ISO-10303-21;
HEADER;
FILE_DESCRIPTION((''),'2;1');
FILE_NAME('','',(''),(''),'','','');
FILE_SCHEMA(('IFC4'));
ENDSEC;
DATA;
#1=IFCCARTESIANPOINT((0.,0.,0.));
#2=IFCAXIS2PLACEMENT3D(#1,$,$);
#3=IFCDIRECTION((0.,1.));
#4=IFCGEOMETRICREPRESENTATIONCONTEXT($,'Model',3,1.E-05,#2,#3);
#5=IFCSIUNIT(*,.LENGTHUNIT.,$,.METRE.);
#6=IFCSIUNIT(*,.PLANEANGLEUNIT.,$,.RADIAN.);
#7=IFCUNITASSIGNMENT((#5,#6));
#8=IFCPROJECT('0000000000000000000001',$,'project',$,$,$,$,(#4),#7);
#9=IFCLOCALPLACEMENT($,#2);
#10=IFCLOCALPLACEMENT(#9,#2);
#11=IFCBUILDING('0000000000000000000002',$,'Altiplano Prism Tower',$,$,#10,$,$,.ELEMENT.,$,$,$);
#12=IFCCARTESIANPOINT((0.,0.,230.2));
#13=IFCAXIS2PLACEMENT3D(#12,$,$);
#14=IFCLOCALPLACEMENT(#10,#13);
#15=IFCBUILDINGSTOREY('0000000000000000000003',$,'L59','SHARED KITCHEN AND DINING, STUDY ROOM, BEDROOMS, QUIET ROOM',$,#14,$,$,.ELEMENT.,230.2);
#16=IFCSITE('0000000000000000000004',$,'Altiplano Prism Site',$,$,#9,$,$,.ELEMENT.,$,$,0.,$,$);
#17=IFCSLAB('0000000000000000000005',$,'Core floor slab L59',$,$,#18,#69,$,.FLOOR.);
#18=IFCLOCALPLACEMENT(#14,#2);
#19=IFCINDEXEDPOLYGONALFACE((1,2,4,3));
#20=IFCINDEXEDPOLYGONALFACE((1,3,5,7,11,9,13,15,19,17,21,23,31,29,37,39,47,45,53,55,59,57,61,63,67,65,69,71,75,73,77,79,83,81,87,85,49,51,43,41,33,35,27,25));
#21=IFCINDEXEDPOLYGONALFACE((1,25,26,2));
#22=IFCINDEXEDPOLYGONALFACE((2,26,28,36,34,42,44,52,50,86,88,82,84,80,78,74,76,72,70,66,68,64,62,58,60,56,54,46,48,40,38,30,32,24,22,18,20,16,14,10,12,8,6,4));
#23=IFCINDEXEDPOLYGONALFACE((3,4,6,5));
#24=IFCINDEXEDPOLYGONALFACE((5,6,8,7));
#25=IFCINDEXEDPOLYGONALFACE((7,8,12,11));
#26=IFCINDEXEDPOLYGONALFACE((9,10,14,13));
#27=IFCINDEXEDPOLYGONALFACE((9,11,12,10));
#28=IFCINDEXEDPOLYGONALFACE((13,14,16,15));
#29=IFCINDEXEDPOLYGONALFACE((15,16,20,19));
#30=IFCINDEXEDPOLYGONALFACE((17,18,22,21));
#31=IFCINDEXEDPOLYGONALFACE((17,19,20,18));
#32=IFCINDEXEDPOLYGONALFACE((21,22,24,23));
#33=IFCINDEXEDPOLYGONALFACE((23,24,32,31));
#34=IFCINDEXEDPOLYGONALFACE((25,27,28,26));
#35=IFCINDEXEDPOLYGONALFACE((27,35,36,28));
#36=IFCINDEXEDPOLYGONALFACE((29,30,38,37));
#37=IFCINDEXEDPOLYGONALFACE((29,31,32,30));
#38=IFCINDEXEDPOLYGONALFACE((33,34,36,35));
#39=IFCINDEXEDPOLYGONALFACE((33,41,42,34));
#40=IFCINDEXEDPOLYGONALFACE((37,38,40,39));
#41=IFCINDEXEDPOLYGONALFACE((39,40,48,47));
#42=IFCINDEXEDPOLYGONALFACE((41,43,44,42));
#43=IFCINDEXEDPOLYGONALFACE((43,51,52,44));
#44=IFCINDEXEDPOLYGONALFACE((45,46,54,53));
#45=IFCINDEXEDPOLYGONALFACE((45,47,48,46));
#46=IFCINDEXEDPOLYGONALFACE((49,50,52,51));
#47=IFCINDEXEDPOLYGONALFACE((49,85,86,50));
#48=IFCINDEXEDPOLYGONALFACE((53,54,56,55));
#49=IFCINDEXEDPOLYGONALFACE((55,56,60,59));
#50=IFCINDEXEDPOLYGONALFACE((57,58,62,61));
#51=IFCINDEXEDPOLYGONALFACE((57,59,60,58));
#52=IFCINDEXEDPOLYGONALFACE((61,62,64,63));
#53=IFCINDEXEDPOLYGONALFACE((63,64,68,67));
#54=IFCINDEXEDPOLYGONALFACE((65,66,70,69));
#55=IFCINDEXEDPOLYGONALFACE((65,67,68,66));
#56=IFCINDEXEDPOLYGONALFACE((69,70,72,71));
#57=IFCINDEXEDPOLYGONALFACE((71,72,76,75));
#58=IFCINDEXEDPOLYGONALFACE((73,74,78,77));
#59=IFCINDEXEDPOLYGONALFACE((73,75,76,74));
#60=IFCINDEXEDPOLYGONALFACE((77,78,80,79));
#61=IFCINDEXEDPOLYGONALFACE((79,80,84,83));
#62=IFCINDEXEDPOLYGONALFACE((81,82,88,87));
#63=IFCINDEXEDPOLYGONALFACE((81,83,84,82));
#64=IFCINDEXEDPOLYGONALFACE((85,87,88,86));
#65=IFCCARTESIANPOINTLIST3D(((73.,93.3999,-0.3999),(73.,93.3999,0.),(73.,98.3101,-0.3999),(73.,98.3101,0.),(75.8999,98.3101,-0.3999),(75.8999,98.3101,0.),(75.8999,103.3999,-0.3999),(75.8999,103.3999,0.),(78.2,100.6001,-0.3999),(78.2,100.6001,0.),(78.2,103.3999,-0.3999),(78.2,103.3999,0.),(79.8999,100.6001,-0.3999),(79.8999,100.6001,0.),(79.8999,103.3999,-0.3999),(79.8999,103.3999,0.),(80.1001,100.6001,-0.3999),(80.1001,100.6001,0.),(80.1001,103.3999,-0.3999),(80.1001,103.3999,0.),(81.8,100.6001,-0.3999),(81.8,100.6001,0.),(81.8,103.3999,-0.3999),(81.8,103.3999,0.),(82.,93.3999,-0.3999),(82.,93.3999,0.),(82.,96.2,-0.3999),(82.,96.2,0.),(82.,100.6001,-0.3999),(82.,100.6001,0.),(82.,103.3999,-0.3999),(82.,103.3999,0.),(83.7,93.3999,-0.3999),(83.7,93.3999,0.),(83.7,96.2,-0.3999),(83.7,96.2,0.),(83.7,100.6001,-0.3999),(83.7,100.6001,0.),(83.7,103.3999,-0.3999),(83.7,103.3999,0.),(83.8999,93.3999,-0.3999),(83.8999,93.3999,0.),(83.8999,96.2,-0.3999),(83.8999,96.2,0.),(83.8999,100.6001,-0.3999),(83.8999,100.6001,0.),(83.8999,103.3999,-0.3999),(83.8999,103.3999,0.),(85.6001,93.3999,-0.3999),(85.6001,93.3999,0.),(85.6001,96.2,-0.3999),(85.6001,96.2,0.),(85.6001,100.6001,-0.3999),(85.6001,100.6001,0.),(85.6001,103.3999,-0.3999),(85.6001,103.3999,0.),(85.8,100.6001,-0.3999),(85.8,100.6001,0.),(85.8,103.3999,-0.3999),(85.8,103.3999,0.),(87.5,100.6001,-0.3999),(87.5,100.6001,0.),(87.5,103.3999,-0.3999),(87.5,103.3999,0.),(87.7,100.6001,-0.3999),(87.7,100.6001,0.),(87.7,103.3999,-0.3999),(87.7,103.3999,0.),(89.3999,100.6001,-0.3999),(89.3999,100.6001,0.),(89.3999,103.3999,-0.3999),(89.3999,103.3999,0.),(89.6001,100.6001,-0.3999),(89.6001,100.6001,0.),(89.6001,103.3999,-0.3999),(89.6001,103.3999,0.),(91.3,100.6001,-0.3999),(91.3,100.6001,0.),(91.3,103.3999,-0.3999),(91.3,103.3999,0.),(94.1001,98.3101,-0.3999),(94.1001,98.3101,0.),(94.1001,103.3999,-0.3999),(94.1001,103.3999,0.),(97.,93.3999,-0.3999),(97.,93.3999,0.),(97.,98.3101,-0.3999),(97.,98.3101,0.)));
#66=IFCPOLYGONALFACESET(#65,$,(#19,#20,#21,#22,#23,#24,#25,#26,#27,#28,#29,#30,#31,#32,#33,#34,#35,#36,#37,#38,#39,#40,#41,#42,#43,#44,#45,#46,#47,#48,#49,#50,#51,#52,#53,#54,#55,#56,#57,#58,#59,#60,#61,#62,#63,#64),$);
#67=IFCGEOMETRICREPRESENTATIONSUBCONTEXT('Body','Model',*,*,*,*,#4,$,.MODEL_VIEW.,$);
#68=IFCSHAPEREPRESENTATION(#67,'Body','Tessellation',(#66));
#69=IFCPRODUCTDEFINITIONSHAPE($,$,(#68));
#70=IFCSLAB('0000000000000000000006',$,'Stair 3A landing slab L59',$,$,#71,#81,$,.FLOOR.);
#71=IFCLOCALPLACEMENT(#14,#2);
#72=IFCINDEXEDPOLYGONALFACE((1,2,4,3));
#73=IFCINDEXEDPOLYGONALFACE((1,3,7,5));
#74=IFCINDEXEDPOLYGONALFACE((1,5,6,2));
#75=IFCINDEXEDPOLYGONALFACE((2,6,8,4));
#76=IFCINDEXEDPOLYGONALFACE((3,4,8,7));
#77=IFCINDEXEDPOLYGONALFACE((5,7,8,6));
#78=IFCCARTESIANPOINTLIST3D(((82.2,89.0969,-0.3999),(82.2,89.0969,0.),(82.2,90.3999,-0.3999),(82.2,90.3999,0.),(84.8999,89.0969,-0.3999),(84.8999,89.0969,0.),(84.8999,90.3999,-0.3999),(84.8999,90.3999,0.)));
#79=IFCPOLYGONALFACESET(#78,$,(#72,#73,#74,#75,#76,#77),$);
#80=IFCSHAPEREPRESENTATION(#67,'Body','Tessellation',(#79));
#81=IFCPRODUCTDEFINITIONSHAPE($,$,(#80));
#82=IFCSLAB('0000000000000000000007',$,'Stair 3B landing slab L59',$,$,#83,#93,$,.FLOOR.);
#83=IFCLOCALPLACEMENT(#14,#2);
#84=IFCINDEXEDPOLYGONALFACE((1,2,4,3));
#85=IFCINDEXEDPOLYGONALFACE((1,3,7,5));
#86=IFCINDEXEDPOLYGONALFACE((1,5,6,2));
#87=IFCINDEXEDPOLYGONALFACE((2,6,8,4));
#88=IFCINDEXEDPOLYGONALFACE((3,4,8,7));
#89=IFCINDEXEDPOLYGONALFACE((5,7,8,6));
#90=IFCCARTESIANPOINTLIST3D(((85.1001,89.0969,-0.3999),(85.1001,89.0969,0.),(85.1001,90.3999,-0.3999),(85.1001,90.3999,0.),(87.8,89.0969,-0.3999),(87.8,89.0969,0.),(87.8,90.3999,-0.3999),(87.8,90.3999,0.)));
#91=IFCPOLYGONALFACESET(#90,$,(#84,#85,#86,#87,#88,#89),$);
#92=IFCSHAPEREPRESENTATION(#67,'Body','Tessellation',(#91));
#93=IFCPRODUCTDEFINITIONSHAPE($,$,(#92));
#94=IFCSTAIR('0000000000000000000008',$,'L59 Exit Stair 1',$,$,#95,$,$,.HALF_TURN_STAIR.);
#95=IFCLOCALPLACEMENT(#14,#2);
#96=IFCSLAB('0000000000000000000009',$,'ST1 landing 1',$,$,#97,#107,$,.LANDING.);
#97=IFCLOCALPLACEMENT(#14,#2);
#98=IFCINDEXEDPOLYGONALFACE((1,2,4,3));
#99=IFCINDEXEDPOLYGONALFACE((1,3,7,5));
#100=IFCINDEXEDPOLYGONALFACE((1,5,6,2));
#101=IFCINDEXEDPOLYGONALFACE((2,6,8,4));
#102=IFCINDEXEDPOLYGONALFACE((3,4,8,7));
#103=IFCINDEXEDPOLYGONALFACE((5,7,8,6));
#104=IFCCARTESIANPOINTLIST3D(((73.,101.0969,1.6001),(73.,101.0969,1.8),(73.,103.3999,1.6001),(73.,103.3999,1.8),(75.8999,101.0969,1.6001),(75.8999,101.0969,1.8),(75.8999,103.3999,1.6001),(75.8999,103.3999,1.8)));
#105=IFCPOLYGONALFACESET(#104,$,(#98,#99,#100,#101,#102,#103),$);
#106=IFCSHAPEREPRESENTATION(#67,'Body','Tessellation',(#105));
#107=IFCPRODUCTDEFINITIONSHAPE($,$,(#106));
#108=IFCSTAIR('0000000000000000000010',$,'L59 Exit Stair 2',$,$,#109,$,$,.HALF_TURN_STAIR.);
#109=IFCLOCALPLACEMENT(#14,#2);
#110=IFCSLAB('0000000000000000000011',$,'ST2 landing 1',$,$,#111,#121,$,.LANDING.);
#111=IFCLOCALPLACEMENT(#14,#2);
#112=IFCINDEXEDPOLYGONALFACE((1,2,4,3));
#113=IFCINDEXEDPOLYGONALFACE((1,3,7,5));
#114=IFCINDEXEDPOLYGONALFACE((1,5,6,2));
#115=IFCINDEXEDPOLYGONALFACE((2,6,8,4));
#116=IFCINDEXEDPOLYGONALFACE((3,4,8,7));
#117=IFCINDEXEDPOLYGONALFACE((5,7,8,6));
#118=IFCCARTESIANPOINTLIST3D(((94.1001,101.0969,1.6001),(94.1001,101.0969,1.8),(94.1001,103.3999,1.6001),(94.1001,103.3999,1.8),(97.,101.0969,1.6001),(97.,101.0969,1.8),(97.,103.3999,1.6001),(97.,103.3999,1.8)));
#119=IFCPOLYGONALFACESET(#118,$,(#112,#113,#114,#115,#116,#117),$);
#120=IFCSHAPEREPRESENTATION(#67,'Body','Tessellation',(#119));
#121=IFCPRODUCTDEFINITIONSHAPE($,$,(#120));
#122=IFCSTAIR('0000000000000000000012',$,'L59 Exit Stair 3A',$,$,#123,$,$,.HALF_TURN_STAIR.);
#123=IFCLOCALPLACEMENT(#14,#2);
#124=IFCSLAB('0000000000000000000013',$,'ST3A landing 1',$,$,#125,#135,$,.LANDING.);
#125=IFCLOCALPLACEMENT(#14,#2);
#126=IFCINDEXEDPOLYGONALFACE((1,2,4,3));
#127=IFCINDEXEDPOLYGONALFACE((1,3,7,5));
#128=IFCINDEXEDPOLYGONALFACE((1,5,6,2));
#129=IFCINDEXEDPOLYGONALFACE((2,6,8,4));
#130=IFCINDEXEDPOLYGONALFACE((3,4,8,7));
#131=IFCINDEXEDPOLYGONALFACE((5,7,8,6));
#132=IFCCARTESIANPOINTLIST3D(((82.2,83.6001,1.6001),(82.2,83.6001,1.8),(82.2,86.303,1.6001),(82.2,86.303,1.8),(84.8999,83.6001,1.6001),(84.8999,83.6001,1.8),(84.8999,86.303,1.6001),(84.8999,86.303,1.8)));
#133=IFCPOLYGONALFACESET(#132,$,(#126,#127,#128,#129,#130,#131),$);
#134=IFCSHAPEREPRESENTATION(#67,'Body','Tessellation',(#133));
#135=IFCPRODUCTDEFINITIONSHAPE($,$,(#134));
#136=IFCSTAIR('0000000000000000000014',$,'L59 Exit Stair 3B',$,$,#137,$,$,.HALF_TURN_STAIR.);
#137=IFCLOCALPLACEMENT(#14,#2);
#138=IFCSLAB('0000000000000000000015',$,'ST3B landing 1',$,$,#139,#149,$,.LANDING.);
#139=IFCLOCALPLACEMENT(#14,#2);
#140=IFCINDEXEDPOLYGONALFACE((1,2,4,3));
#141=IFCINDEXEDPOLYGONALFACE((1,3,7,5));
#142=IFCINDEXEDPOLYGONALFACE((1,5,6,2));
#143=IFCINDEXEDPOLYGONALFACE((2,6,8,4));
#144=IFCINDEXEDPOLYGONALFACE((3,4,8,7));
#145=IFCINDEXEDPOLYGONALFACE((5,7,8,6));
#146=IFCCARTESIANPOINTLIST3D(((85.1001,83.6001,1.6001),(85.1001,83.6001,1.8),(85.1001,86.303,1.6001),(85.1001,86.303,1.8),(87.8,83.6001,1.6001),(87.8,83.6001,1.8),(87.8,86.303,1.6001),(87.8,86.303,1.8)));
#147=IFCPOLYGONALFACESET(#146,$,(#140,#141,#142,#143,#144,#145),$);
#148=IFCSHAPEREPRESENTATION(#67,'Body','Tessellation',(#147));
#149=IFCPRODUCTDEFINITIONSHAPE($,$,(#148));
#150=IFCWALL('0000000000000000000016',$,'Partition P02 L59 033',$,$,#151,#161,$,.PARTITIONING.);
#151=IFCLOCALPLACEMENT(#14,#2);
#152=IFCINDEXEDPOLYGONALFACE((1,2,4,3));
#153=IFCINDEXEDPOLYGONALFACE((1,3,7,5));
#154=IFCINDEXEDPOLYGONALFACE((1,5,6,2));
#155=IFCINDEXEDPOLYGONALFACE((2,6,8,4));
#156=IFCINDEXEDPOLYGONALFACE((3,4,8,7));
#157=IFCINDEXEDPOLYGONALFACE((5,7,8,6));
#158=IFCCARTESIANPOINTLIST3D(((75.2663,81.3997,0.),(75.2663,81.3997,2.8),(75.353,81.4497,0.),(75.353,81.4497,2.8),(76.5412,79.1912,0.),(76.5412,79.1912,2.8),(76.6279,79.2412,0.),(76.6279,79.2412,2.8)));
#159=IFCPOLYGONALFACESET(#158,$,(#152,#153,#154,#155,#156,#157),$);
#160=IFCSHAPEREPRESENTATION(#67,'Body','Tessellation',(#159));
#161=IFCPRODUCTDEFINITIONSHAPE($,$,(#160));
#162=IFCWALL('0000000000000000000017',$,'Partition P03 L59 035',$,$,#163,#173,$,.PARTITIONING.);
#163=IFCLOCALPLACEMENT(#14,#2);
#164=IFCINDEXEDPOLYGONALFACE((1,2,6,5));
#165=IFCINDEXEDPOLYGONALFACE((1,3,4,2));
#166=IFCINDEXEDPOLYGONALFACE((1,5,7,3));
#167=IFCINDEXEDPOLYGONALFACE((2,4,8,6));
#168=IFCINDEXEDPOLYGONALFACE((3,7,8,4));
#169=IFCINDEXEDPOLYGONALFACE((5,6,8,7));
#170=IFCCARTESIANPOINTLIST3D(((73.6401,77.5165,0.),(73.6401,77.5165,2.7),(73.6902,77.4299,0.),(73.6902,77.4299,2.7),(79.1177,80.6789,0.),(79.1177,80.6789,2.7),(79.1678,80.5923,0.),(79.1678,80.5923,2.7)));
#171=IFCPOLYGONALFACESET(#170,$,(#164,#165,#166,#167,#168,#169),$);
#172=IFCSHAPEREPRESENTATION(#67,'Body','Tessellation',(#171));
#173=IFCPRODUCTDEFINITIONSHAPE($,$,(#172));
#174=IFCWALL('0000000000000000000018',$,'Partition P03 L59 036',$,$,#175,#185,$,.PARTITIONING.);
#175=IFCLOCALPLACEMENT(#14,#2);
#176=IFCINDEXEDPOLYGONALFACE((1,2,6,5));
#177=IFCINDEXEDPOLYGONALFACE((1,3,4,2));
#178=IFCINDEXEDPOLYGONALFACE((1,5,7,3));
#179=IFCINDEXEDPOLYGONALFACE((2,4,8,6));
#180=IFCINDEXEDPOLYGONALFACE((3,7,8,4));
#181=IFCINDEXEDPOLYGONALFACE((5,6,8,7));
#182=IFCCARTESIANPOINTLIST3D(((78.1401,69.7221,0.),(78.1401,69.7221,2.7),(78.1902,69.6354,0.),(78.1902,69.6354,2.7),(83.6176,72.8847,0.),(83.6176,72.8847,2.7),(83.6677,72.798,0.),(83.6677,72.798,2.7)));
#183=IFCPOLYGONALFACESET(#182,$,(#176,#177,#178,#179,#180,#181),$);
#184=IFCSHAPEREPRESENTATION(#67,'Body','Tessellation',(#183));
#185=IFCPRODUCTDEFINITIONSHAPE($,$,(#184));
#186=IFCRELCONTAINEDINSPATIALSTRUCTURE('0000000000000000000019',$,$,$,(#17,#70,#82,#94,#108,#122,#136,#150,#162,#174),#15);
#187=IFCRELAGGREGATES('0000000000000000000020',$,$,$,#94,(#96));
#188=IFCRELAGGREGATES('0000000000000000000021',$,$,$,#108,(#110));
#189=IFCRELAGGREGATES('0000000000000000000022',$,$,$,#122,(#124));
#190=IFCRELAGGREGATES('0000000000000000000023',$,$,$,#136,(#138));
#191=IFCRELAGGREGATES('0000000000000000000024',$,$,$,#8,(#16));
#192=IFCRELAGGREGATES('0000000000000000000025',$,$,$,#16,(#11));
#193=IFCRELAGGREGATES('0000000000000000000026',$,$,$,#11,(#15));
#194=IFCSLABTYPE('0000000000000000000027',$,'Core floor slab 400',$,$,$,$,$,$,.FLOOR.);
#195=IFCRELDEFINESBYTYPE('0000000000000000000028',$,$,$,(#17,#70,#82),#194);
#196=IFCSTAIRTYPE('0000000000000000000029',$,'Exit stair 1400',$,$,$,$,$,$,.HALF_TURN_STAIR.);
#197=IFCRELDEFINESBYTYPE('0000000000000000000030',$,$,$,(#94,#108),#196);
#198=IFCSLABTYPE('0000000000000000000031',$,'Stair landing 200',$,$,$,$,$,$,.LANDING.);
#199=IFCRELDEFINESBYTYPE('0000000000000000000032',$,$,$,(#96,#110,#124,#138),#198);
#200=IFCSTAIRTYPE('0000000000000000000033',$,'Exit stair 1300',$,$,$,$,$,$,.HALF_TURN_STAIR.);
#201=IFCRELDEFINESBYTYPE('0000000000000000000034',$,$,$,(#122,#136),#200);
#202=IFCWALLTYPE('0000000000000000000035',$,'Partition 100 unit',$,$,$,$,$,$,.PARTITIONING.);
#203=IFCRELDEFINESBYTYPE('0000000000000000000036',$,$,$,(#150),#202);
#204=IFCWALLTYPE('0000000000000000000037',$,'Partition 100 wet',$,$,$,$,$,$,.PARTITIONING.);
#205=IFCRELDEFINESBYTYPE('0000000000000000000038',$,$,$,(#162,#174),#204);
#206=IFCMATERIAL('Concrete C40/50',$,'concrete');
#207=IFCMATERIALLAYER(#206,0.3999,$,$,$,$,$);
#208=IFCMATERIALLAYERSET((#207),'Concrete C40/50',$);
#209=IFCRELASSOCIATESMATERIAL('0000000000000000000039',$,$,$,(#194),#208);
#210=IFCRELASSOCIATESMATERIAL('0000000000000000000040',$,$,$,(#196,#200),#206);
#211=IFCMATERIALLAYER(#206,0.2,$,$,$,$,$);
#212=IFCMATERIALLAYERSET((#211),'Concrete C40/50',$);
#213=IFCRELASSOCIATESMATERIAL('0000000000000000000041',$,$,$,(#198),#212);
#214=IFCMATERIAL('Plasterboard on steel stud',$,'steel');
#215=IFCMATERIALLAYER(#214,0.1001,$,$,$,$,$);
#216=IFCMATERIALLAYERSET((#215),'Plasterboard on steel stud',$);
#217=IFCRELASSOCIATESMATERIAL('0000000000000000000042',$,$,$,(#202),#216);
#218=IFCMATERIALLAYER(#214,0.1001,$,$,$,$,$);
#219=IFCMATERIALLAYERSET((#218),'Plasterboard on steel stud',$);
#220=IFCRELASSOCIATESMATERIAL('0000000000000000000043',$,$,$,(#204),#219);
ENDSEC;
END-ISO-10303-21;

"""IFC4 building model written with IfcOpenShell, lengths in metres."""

from ifc_helpers import new_model, si_unit, direction, frame, frame_2d, origin, place, context, subcontext, project, spatial, polyline, rectangle, outline, extrude, material, layer, layer_set, type_object, element, aggregate, save


model = new_model("IFC4")

# Units and contexts
model_context = context("Model", 3, precision=1e-05, world=origin(), true_north=direction((0.0, 1.0)))
body_context = subcontext(model_context, "Body", "Model", "MODEL_VIEW")
ifc_project = project(units=[si_unit("LENGTHUNIT", "METRE"), si_unit("PLANEANGLEUNIT", "RADIAN")], contexts=[model_context])

# Site, building, storey
site_placement = place(None, origin())
site = spatial("IfcSite", under=ifc_project, at=site_placement, Name="Altiplano Prism Site", CompositionType="ELEMENT", RefElevation=0.0)
building_placement = place(site_placement, origin())
building = spatial("IfcBuilding", under=site, at=building_placement, Name="Altiplano Prism Tower", CompositionType="ELEMENT")
storey_placement = place(building_placement, frame((0.0, 0.0, 230.2)))
storey = spatial("IfcBuildingStorey", under=building, at=storey_placement, Name="L59", Description="SHARED KITCHEN AND DINING, STUDY ROOM, BEDROOMS, QUIET ROOM", CompositionType="ELEMENT", Elevation=230.2)

# Slabs
ifc_material_1 = material(Name="Concrete C40/50", Category="concrete")
ifc_layer_1 = layer(ifc_material_1, 0.3999)
ifc_layer_set_1 = layer_set([ifc_layer_1], Name="Concrete C40/50")
slab_type_1 = type_object("IfcSlabType", Name="Core floor slab 400", PredefinedType="FLOOR", material=ifc_layer_set_1)
slab_1_placement = place(storey_placement, frame((0.0, 0.0, -0.3999)))
element("IfcSlab", 1, at=slab_1_placement, inside=storey, type_object=slab_type_1, Name="Core floor slab L59", PredefinedType="FLOOR", context=body_context, shape_type="SweptSolid", body=[
    extrude(outline(polyline([(97.0, 98.3101), (94.1001, 98.3101), (94.1001, 103.3999), (91.3, 103.3999), (91.3, 100.6001), (89.6001, 100.6001), (89.6001, 103.3999), (89.3999, 103.3999), (89.3999, 100.6001), (87.7, 100.6001), (87.7, 103.3999), (87.5, 103.3999), (87.5, 100.6001), (85.8, 100.6001), (85.8, 103.3999), (85.6001, 103.3999), (85.6001, 100.6001), (83.8999, 100.6001), (83.8999, 103.3999), (83.7, 103.3999), (83.7, 100.6001), (82.0, 100.6001), (82.0, 103.3999), (81.8, 103.3999), (81.8, 100.6001), (80.1001, 100.6001), (80.1001, 103.3999), (79.8999, 103.3999), (79.8999, 100.6001), (78.2, 100.6001), (78.2, 103.3999), (75.8999, 103.3999), (75.8999, 98.3101), (73.0, 98.3101), (73.0, 93.3999), (82.0, 93.3999), (82.0, 96.2), (83.7, 96.2), (83.7, 93.3999), (83.8999, 93.3999), (83.8999, 96.2), (85.6001, 96.2), (85.6001, 93.3999), (97.0, 93.3999), (97.0, 98.3101)])), origin(), (0.0, 0.0, 1.0), 0.3999),
])
slab_2_placement = place(storey_placement, frame((0.0, 0.0, -0.3999)))
element("IfcSlab", 2, at=slab_2_placement, inside=storey, type_object=slab_type_1, Name="Stair 3A landing slab L59", PredefinedType="FLOOR", context=body_context, shape_type="SweptSolid", body=[
    extrude(outline(polyline([(82.2, 89.0969), (84.8999, 89.0969), (84.8999, 90.3999), (82.2, 90.3999), (82.2, 89.0969)])), origin(), (0.0, 0.0, 1.0), 0.3999),
])
slab_3_placement = place(storey_placement, frame((0.0, 0.0, -0.3999)))
element("IfcSlab", 3, at=slab_3_placement, inside=storey, type_object=slab_type_1, Name="Stair 3B landing slab L59", PredefinedType="FLOOR", context=body_context, shape_type="SweptSolid", body=[
    extrude(outline(polyline([(85.1001, 89.0969), (87.8, 89.0969), (87.8, 90.3999), (85.1001, 90.3999), (85.1001, 89.0969)])), origin(), (0.0, 0.0, 1.0), 0.3999),
])

# Stairs, slabs
stair_type_1 = type_object("IfcStairType", Name="Exit stair 1400", PredefinedType="HALF_TURN_STAIR", material=ifc_material_1)
stair_1_placement = place(storey_placement, origin())
stair_1 = element("IfcStair", 4, at=stair_1_placement, inside=storey, type_object=stair_type_1, Name="L59 Exit Stair 1", PredefinedType="HALF_TURN_STAIR")
ifc_layer_2 = layer(ifc_material_1, 0.2)
ifc_layer_set_2 = layer_set([ifc_layer_2], Name="Concrete C40/50")
slab_type_2 = type_object("IfcSlabType", Name="Stair landing 200", PredefinedType="LANDING", material=ifc_layer_set_2)
slab_4_placement = place(storey_placement, frame((0.0, 0.0, 1.6001)))
slab_4 = element("IfcSlab", 5, at=slab_4_placement, type_object=slab_type_2, Name="ST1 landing 1", PredefinedType="LANDING", context=body_context, shape_type="SweptSolid", body=[
    extrude(outline(polyline([(75.8999, 101.0969), (75.8999, 103.3999), (73.0, 103.3999), (73.0, 101.0969), (75.8999, 101.0969)])), origin(), (0.0, 0.0, 1.0), 0.2),
])
aggregate(stair_1, [slab_4])
stair_2_placement = place(storey_placement, origin())
stair_2 = element("IfcStair", 6, at=stair_2_placement, inside=storey, type_object=stair_type_1, Name="L59 Exit Stair 2", PredefinedType="HALF_TURN_STAIR")
slab_5_placement = place(storey_placement, frame((0.0, 0.0, 1.6001)))
slab_5 = element("IfcSlab", 7, at=slab_5_placement, type_object=slab_type_2, Name="ST2 landing 1", PredefinedType="LANDING", context=body_context, shape_type="SweptSolid", body=[
    extrude(outline(polyline([(97.0, 101.0969), (97.0, 103.3999), (94.1001, 103.3999), (94.1001, 101.0969), (97.0, 101.0969)])), origin(), (0.0, 0.0, 1.0), 0.2),
])
aggregate(stair_2, [slab_5])
stair_type_2 = type_object("IfcStairType", Name="Exit stair 1300", PredefinedType="HALF_TURN_STAIR", material=ifc_material_1)
stair_3_placement = place(storey_placement, origin())
stair_3 = element("IfcStair", 8, at=stair_3_placement, inside=storey, type_object=stair_type_2, Name="L59 Exit Stair 3A", PredefinedType="HALF_TURN_STAIR")
slab_6_placement = place(storey_placement, frame((0.0, 0.0, 1.6001)))
slab_6 = element("IfcSlab", 9, at=slab_6_placement, type_object=slab_type_2, Name="ST3A landing 1", PredefinedType="LANDING", context=body_context, shape_type="SweptSolid", body=[
    extrude(outline(polyline([(82.2, 86.303), (82.2, 83.6001), (84.8999, 83.6001), (84.8999, 86.303), (82.2, 86.303)])), origin(), (0.0, 0.0, 1.0), 0.2),
])
aggregate(stair_3, [slab_6])
stair_4_placement = place(storey_placement, origin())
stair_4 = element("IfcStair", 10, at=stair_4_placement, inside=storey, type_object=stair_type_2, Name="L59 Exit Stair 3B", PredefinedType="HALF_TURN_STAIR")
slab_7_placement = place(storey_placement, frame((0.0, 0.0, 1.6001)))
slab_7 = element("IfcSlab", 11, at=slab_7_placement, type_object=slab_type_2, Name="ST3B landing 1", PredefinedType="LANDING", context=body_context, shape_type="SweptSolid", body=[
    extrude(outline(polyline([(85.1001, 86.303), (85.1001, 83.6001), (87.8, 83.6001), (87.8, 86.303), (85.1001, 86.303)])), origin(), (0.0, 0.0, 1.0), 0.2),
])
aggregate(stair_4, [slab_7])

# Walls
ifc_material_2 = material(Name="Plasterboard on steel stud", Category="steel")
ifc_layer_3 = layer(ifc_material_2, 0.1001)
ifc_layer_set_3 = layer_set([ifc_layer_3], Name="Plasterboard on steel stud")
wall_type_1 = type_object("IfcWallType", Name="Partition 100 unit", PredefinedType="PARTITIONING", material=ifc_layer_set_3)
wall_placement = place(storey_placement, frame((76.5845, 79.2163, 0.0), z_axis=(0.0, 0.0, 1.0), x_axis=(-0.499949, 0.866055, 0.0)))
element("IfcWall", 12, at=wall_placement, inside=storey, type_object=wall_type_1, Name="Partition P02 L59 033", PredefinedType="PARTITIONING", context=body_context, shape_type="SweptSolid", body=[
    extrude(rectangle(XDim=2.55, YDim=0.1001, at=frame_2d((1.2749, 0.0))), origin(), (0.0, 0.0, 1.0), 2.8),
])
ifc_layer_4 = layer(ifc_material_2, 0.1001)
ifc_layer_set_4 = layer_set([ifc_layer_4], Name="Plasterboard on steel stud")
wall_type_2 = type_object("IfcWallType", Name="Partition 100 wet", PredefinedType="PARTITIONING", material=ifc_layer_set_4)
for number, where, z_axis, x_axis, name in (
    (13, (73.665, 77.4731, 0.0), (0.0, 0.0, 1.0), (0.866033, 0.499988, 0.0), "Partition P03 L59 035"),
    (14, (78.165, 69.6787, 0.0), (0.0, 0.0, 1.0), (0.866016, 0.500016, 0.0), "Partition P03 L59 036"),
):
    element("IfcWall", number, at=place(storey_placement, frame(where, z_axis=z_axis, x_axis=x_axis)), inside=storey, type_object=wall_type_2, Name=name, PredefinedType="PARTITIONING", context=body_context, shape_type="SweptSolid", body=[
        extrude(rectangle(XDim=6.325, YDim=0.1001, at=frame_2d((3.1626, 0.0))), origin(), (0.0, 0.0, 1.0), 2.7),
    ])

save(model, "model.ifc")
